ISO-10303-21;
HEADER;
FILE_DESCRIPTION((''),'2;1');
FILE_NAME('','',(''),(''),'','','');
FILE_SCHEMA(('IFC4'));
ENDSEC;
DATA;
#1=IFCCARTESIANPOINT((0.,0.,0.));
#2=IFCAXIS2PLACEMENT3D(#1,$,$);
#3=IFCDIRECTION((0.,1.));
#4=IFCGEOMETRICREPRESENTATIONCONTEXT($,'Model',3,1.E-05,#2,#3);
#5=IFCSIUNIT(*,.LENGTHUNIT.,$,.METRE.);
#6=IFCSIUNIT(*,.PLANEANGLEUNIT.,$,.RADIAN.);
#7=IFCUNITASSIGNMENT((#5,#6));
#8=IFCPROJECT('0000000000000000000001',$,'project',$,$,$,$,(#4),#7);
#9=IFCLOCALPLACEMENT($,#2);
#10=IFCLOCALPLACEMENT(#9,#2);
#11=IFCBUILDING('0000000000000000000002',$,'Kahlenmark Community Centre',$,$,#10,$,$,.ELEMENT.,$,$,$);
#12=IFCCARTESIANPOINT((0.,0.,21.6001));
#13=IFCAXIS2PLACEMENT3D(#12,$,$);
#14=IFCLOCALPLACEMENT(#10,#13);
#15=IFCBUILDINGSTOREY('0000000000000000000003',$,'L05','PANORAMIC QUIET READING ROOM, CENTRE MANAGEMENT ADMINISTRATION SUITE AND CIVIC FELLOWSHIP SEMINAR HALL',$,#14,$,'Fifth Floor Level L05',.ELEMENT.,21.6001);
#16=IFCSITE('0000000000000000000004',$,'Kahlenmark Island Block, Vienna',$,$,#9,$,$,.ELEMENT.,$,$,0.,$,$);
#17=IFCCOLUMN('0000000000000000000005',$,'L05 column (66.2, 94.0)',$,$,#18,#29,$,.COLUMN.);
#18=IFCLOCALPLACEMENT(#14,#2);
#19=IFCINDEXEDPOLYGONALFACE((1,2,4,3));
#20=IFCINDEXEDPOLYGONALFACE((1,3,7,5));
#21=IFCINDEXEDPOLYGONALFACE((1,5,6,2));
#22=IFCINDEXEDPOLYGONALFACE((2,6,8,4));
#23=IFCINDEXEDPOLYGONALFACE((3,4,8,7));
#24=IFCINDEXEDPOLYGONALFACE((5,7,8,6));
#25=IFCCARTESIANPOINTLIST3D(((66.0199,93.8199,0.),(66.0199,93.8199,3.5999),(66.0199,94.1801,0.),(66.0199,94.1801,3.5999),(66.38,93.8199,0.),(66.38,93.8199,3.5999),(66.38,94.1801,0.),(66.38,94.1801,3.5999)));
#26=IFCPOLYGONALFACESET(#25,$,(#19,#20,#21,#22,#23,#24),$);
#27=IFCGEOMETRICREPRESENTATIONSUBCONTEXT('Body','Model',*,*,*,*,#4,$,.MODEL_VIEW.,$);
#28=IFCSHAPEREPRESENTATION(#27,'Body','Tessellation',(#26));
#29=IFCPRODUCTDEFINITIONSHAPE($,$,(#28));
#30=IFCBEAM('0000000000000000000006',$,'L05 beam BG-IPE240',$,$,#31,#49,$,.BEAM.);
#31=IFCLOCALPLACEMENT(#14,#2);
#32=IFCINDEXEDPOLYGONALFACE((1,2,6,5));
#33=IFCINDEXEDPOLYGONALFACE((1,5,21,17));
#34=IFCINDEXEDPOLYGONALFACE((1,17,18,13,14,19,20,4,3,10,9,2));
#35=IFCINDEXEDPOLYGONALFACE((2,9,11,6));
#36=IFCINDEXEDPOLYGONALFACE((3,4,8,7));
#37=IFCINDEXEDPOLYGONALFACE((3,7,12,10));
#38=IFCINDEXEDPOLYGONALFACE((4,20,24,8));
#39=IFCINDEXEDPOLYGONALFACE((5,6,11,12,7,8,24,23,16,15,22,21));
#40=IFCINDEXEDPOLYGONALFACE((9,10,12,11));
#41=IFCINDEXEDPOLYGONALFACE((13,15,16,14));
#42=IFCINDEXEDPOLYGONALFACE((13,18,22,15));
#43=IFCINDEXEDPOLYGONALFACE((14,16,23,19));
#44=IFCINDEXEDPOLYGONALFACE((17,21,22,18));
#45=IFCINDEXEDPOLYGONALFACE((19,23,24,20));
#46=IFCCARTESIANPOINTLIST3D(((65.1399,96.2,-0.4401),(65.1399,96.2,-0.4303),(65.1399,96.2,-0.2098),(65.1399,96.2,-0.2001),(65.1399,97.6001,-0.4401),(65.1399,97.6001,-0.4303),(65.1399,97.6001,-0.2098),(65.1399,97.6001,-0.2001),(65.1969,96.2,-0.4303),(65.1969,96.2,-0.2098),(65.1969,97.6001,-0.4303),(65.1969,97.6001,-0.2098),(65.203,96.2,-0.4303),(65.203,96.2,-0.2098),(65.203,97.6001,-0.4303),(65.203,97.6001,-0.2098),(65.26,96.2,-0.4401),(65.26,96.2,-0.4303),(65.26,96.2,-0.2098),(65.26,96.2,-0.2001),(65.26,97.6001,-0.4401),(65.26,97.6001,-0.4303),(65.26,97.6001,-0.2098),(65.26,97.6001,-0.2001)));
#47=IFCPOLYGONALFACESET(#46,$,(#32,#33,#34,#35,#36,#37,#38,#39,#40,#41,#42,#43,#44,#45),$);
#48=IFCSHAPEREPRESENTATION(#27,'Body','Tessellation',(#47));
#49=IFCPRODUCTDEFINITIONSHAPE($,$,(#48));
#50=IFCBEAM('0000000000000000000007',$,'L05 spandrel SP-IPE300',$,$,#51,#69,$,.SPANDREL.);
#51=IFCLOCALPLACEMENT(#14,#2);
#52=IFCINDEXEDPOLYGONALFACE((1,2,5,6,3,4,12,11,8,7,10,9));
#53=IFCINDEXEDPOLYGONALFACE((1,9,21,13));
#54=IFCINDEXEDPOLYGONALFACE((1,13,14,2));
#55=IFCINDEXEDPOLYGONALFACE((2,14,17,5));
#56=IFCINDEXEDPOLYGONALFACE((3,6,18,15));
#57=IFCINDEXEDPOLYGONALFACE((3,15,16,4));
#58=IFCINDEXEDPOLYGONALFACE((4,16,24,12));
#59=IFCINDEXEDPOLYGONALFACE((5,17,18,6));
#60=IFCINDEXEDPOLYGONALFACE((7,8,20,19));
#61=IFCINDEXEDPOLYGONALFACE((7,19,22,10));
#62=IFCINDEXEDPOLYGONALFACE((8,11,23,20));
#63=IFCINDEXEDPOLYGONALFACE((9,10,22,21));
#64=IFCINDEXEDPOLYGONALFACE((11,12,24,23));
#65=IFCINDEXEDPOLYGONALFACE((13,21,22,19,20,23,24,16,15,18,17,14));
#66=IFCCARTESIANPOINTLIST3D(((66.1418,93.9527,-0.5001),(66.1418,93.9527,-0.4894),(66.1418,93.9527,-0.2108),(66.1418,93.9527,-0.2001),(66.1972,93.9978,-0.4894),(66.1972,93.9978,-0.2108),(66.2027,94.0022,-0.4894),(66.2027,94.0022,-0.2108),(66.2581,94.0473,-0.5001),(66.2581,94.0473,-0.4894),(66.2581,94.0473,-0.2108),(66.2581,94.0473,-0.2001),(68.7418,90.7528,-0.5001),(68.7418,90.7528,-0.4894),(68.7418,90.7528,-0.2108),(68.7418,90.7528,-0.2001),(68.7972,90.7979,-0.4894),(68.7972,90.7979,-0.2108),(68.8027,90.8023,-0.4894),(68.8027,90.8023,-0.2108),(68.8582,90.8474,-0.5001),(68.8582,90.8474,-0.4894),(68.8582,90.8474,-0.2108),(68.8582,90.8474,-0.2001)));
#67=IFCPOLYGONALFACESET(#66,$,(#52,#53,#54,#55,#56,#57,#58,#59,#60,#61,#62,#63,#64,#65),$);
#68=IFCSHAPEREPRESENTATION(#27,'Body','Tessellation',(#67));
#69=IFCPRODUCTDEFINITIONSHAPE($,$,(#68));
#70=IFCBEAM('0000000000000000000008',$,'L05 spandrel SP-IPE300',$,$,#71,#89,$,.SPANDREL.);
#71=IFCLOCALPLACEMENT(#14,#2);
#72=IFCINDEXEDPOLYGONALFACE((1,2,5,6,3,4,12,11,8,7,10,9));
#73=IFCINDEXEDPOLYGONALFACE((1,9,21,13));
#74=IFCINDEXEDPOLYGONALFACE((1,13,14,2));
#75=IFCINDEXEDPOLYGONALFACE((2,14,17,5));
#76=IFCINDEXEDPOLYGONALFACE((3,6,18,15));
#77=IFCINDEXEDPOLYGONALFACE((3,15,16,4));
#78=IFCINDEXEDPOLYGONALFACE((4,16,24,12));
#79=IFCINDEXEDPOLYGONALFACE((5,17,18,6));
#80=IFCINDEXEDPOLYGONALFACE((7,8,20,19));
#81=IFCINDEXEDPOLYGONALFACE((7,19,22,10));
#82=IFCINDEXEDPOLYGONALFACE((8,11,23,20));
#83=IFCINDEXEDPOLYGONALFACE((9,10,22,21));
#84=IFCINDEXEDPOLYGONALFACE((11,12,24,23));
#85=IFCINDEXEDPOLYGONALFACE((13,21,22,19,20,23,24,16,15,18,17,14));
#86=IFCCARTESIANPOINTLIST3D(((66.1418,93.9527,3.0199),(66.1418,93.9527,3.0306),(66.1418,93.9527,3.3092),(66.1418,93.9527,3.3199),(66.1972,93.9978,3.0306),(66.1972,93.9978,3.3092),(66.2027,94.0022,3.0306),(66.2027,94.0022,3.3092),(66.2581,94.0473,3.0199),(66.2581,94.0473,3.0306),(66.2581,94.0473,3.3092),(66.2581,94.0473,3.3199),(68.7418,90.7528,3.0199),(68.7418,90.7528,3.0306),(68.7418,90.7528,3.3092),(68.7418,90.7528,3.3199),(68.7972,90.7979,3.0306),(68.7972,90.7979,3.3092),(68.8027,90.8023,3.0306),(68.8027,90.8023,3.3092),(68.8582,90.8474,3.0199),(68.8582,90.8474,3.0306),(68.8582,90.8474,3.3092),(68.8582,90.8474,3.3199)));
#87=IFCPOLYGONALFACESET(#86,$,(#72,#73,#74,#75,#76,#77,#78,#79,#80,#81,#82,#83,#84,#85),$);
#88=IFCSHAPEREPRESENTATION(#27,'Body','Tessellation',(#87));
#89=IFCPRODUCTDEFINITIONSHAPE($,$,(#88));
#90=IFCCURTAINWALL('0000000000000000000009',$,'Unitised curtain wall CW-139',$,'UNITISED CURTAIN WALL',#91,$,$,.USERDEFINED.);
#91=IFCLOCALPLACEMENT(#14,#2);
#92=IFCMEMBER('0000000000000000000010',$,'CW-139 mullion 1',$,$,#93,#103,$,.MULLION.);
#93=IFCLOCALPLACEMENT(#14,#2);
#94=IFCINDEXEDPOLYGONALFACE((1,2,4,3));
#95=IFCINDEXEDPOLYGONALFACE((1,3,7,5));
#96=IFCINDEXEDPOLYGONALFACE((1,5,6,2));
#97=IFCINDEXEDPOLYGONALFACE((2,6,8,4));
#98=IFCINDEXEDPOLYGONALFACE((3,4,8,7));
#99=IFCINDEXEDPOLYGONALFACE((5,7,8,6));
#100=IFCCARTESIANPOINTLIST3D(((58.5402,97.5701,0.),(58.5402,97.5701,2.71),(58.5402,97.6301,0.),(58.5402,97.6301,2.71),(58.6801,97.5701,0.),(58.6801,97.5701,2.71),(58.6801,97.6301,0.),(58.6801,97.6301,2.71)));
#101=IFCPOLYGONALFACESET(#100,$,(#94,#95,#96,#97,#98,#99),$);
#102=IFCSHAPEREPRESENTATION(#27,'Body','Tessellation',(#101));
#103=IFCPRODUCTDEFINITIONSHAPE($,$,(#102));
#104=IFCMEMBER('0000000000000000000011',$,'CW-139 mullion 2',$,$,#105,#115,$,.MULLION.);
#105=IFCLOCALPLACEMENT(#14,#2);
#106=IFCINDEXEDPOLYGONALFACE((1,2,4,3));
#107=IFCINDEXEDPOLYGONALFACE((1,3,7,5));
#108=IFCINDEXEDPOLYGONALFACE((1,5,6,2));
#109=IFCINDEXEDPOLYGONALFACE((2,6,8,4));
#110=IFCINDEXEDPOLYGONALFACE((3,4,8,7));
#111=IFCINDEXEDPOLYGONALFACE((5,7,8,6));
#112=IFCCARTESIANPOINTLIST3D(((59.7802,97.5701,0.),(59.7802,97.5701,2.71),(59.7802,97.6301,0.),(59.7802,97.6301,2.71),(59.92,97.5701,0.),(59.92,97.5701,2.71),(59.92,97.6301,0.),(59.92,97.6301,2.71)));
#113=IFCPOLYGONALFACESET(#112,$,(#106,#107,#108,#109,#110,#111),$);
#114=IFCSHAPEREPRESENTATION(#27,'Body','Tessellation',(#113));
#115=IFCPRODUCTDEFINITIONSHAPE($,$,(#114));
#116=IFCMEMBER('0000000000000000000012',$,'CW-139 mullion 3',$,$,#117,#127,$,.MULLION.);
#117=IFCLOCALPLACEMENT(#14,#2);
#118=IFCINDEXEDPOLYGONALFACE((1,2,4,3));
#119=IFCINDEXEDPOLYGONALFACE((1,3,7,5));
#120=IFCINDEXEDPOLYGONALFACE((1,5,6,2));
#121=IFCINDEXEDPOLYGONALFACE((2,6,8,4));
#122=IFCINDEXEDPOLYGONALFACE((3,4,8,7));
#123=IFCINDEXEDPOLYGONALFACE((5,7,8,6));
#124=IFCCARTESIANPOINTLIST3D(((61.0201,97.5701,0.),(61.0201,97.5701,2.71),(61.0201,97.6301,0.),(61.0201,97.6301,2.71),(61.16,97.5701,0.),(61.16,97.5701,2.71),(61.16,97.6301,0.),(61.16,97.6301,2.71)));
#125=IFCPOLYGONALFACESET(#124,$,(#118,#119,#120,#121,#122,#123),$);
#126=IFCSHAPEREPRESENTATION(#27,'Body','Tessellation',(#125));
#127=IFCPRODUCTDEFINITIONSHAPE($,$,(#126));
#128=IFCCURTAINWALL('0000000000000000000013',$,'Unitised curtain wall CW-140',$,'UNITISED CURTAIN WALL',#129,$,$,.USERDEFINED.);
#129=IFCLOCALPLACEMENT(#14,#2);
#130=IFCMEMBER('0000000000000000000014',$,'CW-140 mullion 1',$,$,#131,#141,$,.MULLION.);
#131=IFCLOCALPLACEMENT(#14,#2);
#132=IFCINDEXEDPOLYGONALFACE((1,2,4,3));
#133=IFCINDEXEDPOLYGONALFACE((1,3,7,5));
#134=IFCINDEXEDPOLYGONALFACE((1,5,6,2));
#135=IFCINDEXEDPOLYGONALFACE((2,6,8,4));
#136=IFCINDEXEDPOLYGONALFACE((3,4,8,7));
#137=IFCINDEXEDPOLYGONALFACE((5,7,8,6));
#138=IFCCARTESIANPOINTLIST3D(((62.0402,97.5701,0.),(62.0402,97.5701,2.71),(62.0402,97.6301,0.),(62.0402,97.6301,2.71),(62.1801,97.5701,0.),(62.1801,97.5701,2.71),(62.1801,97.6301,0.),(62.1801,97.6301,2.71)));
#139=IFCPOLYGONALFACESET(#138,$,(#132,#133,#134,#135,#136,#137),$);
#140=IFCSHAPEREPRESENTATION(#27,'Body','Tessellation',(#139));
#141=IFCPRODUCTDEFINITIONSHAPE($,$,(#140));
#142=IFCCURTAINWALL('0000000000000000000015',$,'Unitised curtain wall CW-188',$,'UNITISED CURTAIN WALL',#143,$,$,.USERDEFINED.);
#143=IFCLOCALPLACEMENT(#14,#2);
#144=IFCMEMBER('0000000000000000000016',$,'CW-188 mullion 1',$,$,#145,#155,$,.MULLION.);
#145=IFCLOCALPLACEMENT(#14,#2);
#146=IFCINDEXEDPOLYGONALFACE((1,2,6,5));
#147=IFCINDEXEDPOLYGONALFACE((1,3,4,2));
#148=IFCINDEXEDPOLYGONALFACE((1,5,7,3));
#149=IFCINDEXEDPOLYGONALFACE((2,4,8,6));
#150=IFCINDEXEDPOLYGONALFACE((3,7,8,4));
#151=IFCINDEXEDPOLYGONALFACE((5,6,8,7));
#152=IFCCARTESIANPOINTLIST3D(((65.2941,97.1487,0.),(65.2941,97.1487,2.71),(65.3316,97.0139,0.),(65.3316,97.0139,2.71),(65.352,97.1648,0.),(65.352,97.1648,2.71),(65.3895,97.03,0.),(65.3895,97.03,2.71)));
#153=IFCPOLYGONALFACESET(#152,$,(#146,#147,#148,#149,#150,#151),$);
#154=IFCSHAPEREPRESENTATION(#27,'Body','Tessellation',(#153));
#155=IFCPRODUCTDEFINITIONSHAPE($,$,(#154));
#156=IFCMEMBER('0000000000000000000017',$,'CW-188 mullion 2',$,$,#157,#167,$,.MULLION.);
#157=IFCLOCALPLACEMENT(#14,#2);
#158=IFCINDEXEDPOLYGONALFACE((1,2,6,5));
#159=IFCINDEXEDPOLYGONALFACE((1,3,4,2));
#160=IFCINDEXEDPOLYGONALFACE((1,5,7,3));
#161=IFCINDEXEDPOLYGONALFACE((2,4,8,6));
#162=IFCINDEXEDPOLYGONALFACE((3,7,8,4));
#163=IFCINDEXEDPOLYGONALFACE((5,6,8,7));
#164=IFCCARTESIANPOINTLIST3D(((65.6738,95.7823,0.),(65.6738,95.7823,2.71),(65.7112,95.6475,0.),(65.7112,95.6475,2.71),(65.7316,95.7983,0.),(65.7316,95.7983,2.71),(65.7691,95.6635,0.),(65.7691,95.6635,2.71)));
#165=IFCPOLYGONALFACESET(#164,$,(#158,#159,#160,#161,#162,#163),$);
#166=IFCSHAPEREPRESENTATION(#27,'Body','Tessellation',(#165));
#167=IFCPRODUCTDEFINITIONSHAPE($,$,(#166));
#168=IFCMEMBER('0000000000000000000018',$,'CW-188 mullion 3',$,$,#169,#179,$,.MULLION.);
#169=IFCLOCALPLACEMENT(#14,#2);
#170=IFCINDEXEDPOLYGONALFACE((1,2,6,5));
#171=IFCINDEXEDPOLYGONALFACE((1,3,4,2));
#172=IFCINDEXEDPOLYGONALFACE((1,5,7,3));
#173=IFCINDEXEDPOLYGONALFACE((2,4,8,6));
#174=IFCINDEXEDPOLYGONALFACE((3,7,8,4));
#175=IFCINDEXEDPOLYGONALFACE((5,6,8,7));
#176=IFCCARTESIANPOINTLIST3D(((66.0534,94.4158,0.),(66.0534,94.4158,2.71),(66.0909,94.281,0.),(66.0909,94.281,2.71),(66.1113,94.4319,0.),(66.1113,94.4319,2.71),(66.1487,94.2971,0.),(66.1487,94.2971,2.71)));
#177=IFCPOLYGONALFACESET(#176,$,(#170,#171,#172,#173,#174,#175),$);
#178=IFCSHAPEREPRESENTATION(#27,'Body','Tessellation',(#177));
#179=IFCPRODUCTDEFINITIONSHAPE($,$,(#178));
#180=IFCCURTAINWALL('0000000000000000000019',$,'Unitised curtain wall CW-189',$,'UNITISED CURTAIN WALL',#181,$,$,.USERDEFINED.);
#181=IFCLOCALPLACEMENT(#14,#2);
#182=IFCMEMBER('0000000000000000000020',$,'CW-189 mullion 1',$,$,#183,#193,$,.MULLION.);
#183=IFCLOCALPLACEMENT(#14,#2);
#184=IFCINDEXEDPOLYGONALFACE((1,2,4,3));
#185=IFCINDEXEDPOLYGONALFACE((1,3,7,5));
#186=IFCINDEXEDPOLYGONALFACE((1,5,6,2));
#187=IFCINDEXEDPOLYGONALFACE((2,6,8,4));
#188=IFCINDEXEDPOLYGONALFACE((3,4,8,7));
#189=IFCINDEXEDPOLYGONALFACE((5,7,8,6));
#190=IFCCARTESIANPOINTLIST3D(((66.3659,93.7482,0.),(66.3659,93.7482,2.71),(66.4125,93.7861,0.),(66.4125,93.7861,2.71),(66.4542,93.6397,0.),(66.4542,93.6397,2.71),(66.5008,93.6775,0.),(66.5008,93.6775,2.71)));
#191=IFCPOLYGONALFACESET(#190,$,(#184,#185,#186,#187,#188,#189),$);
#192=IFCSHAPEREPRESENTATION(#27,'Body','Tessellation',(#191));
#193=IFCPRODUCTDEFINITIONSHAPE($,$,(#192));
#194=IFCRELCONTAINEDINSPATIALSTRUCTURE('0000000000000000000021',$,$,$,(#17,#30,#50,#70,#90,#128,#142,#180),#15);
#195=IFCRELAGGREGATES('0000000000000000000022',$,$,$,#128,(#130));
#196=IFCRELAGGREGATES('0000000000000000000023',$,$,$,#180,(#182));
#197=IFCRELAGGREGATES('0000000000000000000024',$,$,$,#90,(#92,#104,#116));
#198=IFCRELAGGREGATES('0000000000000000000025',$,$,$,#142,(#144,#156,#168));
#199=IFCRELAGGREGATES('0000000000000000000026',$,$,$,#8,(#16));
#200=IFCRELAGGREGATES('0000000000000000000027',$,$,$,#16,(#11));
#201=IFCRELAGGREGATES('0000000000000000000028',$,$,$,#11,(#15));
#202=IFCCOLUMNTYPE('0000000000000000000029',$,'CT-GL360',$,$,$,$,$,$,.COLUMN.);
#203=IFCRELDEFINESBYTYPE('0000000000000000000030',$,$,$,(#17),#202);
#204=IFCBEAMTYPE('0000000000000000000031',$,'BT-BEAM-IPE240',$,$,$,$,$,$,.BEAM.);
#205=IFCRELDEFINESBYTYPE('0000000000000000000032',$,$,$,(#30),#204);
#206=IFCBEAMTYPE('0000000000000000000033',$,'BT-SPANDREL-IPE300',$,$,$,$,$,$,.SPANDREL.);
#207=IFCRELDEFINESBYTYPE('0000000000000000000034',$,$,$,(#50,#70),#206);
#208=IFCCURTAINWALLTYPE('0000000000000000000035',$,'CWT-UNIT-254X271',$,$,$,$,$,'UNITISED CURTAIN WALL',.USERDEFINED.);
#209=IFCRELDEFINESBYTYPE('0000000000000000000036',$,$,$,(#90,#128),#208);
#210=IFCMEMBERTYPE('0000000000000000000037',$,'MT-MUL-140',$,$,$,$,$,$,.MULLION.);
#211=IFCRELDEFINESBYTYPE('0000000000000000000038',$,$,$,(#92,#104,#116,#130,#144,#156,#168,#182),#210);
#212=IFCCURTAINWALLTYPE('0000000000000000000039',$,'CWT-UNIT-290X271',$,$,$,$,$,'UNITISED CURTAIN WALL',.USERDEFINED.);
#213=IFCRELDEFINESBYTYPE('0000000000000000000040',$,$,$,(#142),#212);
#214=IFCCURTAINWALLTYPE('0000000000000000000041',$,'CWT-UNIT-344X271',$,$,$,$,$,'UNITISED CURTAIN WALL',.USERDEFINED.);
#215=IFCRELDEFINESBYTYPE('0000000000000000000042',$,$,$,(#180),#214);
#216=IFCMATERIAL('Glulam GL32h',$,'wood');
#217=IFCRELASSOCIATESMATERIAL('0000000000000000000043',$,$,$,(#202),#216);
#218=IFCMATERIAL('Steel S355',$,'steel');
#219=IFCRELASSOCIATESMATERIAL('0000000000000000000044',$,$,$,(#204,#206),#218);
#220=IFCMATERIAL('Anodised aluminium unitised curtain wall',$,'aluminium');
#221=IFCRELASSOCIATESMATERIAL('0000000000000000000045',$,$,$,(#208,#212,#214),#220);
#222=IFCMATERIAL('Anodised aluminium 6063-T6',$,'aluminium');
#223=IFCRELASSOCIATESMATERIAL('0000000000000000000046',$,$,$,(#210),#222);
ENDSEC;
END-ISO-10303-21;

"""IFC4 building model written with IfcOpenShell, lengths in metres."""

from ifc_helpers import new_model, si_unit, direction, frame, origin, origin_2d, place, context, subcontext, project, spatial, rectangle, i_section, extrude, material, material_profile, profile_set, type_object, element, aggregate, save


model = new_model("IFC4")

# Units and contexts
model_context = context("Model", 3, precision=1e-05, world=origin(), true_north=direction((0.0, 1.0)))
body_context = subcontext(model_context, "Body", "Model", "MODEL_VIEW")
ifc_project = project(units=[si_unit("LENGTHUNIT", "METRE"), si_unit("PLANEANGLEUNIT", "RADIAN")], contexts=[model_context])

# Site, building, storey
site_placement = place(None, origin())
site = spatial("IfcSite", under=ifc_project, at=site_placement, Name="Kahlenmark Island Block, Vienna", CompositionType="ELEMENT", RefElevation=0.0)
building_placement = place(site_placement, origin())
building = spatial("IfcBuilding", under=site, at=building_placement, Name="Kahlenmark Community Centre", CompositionType="ELEMENT")
storey_placement = place(building_placement, frame((0.0, 0.0, 21.6001)))
storey = spatial("IfcBuildingStorey", under=building, at=storey_placement, Name="L05", Description="PANORAMIC QUIET READING ROOM, CENTRE MANAGEMENT ADMINISTRATION SUITE AND CIVIC FELLOWSHIP SEMINAR HALL", LongName="Fifth Floor Level L05", CompositionType="ELEMENT", Elevation=21.6001)

# Column
ifc_material_1 = material(Name="Glulam GL32h", Category="wood")
ifc_material_profile_1 = material_profile(ifc_material_1, rectangle(XDim=0.3601, YDim=0.3601, at=origin_2d()), Name="GL32h 360x360")
ifc_profile_set_1 = profile_set([ifc_material_profile_1], Name="Glulam GL32h")
column_type = type_object("IfcColumnType", Name="CT-GL360", PredefinedType="COLUMN", material=ifc_profile_set_1)
column_placement = place(storey_placement, frame((66.2, 94.0, 0.0), z_axis=(0.0, 0.0, 1.0), x_axis=(1.0, 0.0, 0.0)))
element("IfcColumn", 1, at=column_placement, inside=storey, type_object=column_type, Name="L05 column (66.2, 94.0)", PredefinedType="COLUMN", context=body_context, shape_type="SweptSolid", body=[
    extrude(rectangle(XDim=0.3601, YDim=0.3601, at=origin_2d()), origin(), (0.0, 0.0, 1.0), 3.5999),
])

# Beams
ifc_material_2 = material(Name="Steel S355", Category="steel")
ifc_material_profile_2 = material_profile(ifc_material_2, i_section(OverallWidth=0.1201, OverallDepth=0.24, WebThickness=0.0061, FlangeThickness=0.0098, at=origin_2d()), Name="IPE 240")
ifc_profile_set_2 = profile_set([ifc_material_profile_2], Name="Steel S355")
beam_type_1 = type_object("IfcBeamType", Name="BT-BEAM-IPE240", PredefinedType="BEAM", material=ifc_profile_set_2)
beam_placement = place(storey_placement, frame((65.2, 96.2, -0.3201), z_axis=(0.0, 1.0, 0.0), x_axis=(-1.0, 0.0, 0.0)))
element("IfcBeam", 2, at=beam_placement, inside=storey, type_object=beam_type_1, Name="L05 beam BG-IPE240", PredefinedType="BEAM", context=body_context, shape_type="SweptSolid", body=[
    extrude(i_section(OverallWidth=0.1201, OverallDepth=0.24, WebThickness=0.0061, FlangeThickness=0.0098, at=origin_2d()), origin(), (0.0, 0.0, 1.0), 1.4001),
])
ifc_material_profile_3 = material_profile(ifc_material_2, i_section(OverallWidth=0.1499, OverallDepth=0.3, WebThickness=0.0071, FlangeThickness=0.0107, at=origin_2d()), Name="IPE 300")
ifc_profile_set_3 = profile_set([ifc_material_profile_3], Name="Steel S355")
beam_type_2 = type_object("IfcBeamType", Name="BT-SPANDREL-IPE300", PredefinedType="SPANDREL", material=ifc_profile_set_3)
for number, where, z_axis, x_axis, name in (
    (3, (66.2, 94.0, -0.3501), (0.630613, -0.776098, 0.0), (0.776098, 0.630613, 0.0), "L05 spandrel SP-IPE300"),
    (4, (66.2, 94.0, 3.1699), (0.630613, -0.776098, 0.0), (0.776098, 0.630613, 0.0), "L05 spandrel SP-IPE300"),
):
    element("IfcBeam", number, at=place(storey_placement, frame(where, z_axis=z_axis, x_axis=x_axis)), inside=storey, type_object=beam_type_2, Name=name, PredefinedType="SPANDREL", context=body_context, shape_type="SweptSolid", body=[
        extrude(i_section(OverallWidth=0.1499, OverallDepth=0.3, WebThickness=0.0071, FlangeThickness=0.0107, at=origin_2d()), origin(), (0.0, 0.0, 1.0), 4.123),
    ])

# Curtain wall, members
ifc_material_3 = material(Name="Anodised aluminium unitised curtain wall", Category="aluminium")
curtain_wall_type_1 = type_object("IfcCurtainWallType", Name="CWT-UNIT-254X271", ElementType="UNITISED CURTAIN WALL", PredefinedType="USERDEFINED", material=ifc_material_3)
curtain_wall_1_placement = place(storey_placement, origin())
curtain_wall_1 = element("IfcCurtainWall", 5, at=curtain_wall_1_placement, inside=storey, type_object=curtain_wall_type_1, Name="Unitised curtain wall CW-139", ObjectType="UNITISED CURTAIN WALL", PredefinedType="USERDEFINED")
ifc_material_4 = material(Name="Anodised aluminium 6063-T6", Category="aluminium")
ifc_material_profile_4 = material_profile(ifc_material_4, rectangle(XDim=0.0601, YDim=0.1399, at=origin_2d()), Name="ALU MULLION 60x140")
ifc_profile_set_4 = profile_set([ifc_material_profile_4], Name="Anodised aluminium 6063-T6")
member_type_1 = type_object("IfcMemberType", Name="MT-MUL-140", PredefinedType="MULLION", material=ifc_profile_set_4)
member_1_placement = place(storey_placement, frame((58.6101, 97.6001, 0.0), z_axis=(0.0, 0.0, 1.0), x_axis=(0.0, 1.0, 0.0)))
member_1 = element("IfcMember", 6, at=member_1_placement, type_object=member_type_1, Name="CW-139 mullion 1", PredefinedType="MULLION", context=body_context, shape_type="SweptSolid", body=[
    extrude(rectangle(XDim=0.0601, YDim=0.1399, at=origin_2d()), origin(), (0.0, 0.0, 1.0), 2.71),
])
member_2_placement = place(storey_placement, frame((59.8501, 97.6001, 0.0), z_axis=(0.0, 0.0, 1.0), x_axis=(0.0, 1.0, 0.0)))
member_2 = element("IfcMember", 7, at=member_2_placement, type_object=member_type_1, Name="CW-139 mullion 2", PredefinedType="MULLION", context=body_context, shape_type="SweptSolid", body=[
    extrude(rectangle(XDim=0.0601, YDim=0.1399, at=origin_2d()), origin(), (0.0, 0.0, 1.0), 2.71),
])
member_3_placement = place(storey_placement, frame((61.0901, 97.6001, 0.0), z_axis=(0.0, 0.0, 1.0), x_axis=(0.0, 1.0, 0.0)))
member_3 = element("IfcMember", 8, at=member_3_placement, type_object=member_type_1, Name="CW-139 mullion 3", PredefinedType="MULLION", context=body_context, shape_type="SweptSolid", body=[
    extrude(rectangle(XDim=0.0601, YDim=0.1399, at=origin_2d()), origin(), (0.0, 0.0, 1.0), 2.71),
])

# Curtain wall, member
curtain_wall_2_placement = place(storey_placement, origin())
curtain_wall_2 = element("IfcCurtainWall", 9, at=curtain_wall_2_placement, inside=storey, type_object=curtain_wall_type_1, Name="Unitised curtain wall CW-140", ObjectType="UNITISED CURTAIN WALL", PredefinedType="USERDEFINED")
member_4_placement = place(storey_placement, frame((62.1101, 97.6001, 0.0), z_axis=(0.0, 0.0, 1.0), x_axis=(0.0, 1.0, 0.0)))
member_4 = element("IfcMember", 10, at=member_4_placement, type_object=member_type_1, Name="CW-140 mullion 1", PredefinedType="MULLION", context=body_context, shape_type="SweptSolid", body=[
    extrude(rectangle(XDim=0.0601, YDim=0.1399, at=origin_2d()), origin(), (0.0, 0.0, 1.0), 2.71),
])

# Curtain wall, members
curtain_wall_type_2 = type_object("IfcCurtainWallType", Name="CWT-UNIT-290X271", ElementType="UNITISED CURTAIN WALL", PredefinedType="USERDEFINED", material=ifc_material_3)
curtain_wall_3_placement = place(storey_placement, origin())
curtain_wall_3 = element("IfcCurtainWall", 11, at=curtain_wall_3_placement, inside=storey, type_object=curtain_wall_type_2, Name="Unitised curtain wall CW-188", ObjectType="UNITISED CURTAIN WALL", PredefinedType="USERDEFINED")
member_5_placement = place(storey_placement, frame((65.3418, 97.0894, 0.0), z_axis=(0.0, 0.0, 1.0), x_axis=(0.963515, 0.267654, 0.0)))
member_5 = element("IfcMember", 12, at=member_5_placement, type_object=member_type_1, Name="CW-188 mullion 1", PredefinedType="MULLION", context=body_context, shape_type="SweptSolid", body=[
    extrude(rectangle(XDim=0.0601, YDim=0.1399, at=origin_2d()), origin(), (0.0, 0.0, 1.0), 2.71),
])
member_6_placement = place(storey_placement, frame((65.7214, 95.7229, 0.0), z_axis=(0.0, 0.0, 1.0), x_axis=(0.963515, 0.267654, 0.0)))
member_6 = element("IfcMember", 13, at=member_6_placement, type_object=member_type_1, Name="CW-188 mullion 2", PredefinedType="MULLION", context=body_context, shape_type="SweptSolid", body=[
    extrude(rectangle(XDim=0.0601, YDim=0.1399, at=origin_2d()), origin(), (0.0, 0.0, 1.0), 2.71),
])
member_7_placement = place(storey_placement, frame((66.1011, 94.3564, 0.0), z_axis=(0.0, 0.0, 1.0), x_axis=(0.963515, 0.267654, 0.0)))
member_7 = element("IfcMember", 14, at=member_7_placement, type_object=member_type_1, Name="CW-188 mullion 3", PredefinedType="MULLION", context=body_context, shape_type="SweptSolid", body=[
    extrude(rectangle(XDim=0.0601, YDim=0.1399, at=origin_2d()), origin(), (0.0, 0.0, 1.0), 2.71),
])

# Curtain wall, member
curtain_wall_type_3 = type_object("IfcCurtainWallType", Name="CWT-UNIT-344X271", ElementType="UNITISED CURTAIN WALL", PredefinedType="USERDEFINED", material=ifc_material_3)
curtain_wall_4_placement = place(storey_placement, origin())
curtain_wall_4 = element("IfcCurtainWall", 15, at=curtain_wall_4_placement, inside=storey, type_object=curtain_wall_type_3, Name="Unitised curtain wall CW-189", ObjectType="UNITISED CURTAIN WALL", PredefinedType="USERDEFINED")
member_8_placement = place(storey_placement, frame((66.4333, 93.7129, 0.0), z_axis=(0.0, 0.0, 1.0), x_axis=(0.776109, 0.630599, 0.0)))
member_8 = element("IfcMember", 16, at=member_8_placement, type_object=member_type_1, Name="CW-189 mullion 1", PredefinedType="MULLION", context=body_context, shape_type="SweptSolid", body=[
    extrude(rectangle(XDim=0.0601, YDim=0.1399, at=origin_2d()), origin(), (0.0, 0.0, 1.0), 2.71),
])

aggregate(curtain_wall_2, [member_4])
aggregate(curtain_wall_4, [member_8])

aggregate(curtain_wall_1, [member_1, member_2, member_3])
aggregate(curtain_wall_3, [member_5, member_6, member_7])

save(model, "model.ifc")
